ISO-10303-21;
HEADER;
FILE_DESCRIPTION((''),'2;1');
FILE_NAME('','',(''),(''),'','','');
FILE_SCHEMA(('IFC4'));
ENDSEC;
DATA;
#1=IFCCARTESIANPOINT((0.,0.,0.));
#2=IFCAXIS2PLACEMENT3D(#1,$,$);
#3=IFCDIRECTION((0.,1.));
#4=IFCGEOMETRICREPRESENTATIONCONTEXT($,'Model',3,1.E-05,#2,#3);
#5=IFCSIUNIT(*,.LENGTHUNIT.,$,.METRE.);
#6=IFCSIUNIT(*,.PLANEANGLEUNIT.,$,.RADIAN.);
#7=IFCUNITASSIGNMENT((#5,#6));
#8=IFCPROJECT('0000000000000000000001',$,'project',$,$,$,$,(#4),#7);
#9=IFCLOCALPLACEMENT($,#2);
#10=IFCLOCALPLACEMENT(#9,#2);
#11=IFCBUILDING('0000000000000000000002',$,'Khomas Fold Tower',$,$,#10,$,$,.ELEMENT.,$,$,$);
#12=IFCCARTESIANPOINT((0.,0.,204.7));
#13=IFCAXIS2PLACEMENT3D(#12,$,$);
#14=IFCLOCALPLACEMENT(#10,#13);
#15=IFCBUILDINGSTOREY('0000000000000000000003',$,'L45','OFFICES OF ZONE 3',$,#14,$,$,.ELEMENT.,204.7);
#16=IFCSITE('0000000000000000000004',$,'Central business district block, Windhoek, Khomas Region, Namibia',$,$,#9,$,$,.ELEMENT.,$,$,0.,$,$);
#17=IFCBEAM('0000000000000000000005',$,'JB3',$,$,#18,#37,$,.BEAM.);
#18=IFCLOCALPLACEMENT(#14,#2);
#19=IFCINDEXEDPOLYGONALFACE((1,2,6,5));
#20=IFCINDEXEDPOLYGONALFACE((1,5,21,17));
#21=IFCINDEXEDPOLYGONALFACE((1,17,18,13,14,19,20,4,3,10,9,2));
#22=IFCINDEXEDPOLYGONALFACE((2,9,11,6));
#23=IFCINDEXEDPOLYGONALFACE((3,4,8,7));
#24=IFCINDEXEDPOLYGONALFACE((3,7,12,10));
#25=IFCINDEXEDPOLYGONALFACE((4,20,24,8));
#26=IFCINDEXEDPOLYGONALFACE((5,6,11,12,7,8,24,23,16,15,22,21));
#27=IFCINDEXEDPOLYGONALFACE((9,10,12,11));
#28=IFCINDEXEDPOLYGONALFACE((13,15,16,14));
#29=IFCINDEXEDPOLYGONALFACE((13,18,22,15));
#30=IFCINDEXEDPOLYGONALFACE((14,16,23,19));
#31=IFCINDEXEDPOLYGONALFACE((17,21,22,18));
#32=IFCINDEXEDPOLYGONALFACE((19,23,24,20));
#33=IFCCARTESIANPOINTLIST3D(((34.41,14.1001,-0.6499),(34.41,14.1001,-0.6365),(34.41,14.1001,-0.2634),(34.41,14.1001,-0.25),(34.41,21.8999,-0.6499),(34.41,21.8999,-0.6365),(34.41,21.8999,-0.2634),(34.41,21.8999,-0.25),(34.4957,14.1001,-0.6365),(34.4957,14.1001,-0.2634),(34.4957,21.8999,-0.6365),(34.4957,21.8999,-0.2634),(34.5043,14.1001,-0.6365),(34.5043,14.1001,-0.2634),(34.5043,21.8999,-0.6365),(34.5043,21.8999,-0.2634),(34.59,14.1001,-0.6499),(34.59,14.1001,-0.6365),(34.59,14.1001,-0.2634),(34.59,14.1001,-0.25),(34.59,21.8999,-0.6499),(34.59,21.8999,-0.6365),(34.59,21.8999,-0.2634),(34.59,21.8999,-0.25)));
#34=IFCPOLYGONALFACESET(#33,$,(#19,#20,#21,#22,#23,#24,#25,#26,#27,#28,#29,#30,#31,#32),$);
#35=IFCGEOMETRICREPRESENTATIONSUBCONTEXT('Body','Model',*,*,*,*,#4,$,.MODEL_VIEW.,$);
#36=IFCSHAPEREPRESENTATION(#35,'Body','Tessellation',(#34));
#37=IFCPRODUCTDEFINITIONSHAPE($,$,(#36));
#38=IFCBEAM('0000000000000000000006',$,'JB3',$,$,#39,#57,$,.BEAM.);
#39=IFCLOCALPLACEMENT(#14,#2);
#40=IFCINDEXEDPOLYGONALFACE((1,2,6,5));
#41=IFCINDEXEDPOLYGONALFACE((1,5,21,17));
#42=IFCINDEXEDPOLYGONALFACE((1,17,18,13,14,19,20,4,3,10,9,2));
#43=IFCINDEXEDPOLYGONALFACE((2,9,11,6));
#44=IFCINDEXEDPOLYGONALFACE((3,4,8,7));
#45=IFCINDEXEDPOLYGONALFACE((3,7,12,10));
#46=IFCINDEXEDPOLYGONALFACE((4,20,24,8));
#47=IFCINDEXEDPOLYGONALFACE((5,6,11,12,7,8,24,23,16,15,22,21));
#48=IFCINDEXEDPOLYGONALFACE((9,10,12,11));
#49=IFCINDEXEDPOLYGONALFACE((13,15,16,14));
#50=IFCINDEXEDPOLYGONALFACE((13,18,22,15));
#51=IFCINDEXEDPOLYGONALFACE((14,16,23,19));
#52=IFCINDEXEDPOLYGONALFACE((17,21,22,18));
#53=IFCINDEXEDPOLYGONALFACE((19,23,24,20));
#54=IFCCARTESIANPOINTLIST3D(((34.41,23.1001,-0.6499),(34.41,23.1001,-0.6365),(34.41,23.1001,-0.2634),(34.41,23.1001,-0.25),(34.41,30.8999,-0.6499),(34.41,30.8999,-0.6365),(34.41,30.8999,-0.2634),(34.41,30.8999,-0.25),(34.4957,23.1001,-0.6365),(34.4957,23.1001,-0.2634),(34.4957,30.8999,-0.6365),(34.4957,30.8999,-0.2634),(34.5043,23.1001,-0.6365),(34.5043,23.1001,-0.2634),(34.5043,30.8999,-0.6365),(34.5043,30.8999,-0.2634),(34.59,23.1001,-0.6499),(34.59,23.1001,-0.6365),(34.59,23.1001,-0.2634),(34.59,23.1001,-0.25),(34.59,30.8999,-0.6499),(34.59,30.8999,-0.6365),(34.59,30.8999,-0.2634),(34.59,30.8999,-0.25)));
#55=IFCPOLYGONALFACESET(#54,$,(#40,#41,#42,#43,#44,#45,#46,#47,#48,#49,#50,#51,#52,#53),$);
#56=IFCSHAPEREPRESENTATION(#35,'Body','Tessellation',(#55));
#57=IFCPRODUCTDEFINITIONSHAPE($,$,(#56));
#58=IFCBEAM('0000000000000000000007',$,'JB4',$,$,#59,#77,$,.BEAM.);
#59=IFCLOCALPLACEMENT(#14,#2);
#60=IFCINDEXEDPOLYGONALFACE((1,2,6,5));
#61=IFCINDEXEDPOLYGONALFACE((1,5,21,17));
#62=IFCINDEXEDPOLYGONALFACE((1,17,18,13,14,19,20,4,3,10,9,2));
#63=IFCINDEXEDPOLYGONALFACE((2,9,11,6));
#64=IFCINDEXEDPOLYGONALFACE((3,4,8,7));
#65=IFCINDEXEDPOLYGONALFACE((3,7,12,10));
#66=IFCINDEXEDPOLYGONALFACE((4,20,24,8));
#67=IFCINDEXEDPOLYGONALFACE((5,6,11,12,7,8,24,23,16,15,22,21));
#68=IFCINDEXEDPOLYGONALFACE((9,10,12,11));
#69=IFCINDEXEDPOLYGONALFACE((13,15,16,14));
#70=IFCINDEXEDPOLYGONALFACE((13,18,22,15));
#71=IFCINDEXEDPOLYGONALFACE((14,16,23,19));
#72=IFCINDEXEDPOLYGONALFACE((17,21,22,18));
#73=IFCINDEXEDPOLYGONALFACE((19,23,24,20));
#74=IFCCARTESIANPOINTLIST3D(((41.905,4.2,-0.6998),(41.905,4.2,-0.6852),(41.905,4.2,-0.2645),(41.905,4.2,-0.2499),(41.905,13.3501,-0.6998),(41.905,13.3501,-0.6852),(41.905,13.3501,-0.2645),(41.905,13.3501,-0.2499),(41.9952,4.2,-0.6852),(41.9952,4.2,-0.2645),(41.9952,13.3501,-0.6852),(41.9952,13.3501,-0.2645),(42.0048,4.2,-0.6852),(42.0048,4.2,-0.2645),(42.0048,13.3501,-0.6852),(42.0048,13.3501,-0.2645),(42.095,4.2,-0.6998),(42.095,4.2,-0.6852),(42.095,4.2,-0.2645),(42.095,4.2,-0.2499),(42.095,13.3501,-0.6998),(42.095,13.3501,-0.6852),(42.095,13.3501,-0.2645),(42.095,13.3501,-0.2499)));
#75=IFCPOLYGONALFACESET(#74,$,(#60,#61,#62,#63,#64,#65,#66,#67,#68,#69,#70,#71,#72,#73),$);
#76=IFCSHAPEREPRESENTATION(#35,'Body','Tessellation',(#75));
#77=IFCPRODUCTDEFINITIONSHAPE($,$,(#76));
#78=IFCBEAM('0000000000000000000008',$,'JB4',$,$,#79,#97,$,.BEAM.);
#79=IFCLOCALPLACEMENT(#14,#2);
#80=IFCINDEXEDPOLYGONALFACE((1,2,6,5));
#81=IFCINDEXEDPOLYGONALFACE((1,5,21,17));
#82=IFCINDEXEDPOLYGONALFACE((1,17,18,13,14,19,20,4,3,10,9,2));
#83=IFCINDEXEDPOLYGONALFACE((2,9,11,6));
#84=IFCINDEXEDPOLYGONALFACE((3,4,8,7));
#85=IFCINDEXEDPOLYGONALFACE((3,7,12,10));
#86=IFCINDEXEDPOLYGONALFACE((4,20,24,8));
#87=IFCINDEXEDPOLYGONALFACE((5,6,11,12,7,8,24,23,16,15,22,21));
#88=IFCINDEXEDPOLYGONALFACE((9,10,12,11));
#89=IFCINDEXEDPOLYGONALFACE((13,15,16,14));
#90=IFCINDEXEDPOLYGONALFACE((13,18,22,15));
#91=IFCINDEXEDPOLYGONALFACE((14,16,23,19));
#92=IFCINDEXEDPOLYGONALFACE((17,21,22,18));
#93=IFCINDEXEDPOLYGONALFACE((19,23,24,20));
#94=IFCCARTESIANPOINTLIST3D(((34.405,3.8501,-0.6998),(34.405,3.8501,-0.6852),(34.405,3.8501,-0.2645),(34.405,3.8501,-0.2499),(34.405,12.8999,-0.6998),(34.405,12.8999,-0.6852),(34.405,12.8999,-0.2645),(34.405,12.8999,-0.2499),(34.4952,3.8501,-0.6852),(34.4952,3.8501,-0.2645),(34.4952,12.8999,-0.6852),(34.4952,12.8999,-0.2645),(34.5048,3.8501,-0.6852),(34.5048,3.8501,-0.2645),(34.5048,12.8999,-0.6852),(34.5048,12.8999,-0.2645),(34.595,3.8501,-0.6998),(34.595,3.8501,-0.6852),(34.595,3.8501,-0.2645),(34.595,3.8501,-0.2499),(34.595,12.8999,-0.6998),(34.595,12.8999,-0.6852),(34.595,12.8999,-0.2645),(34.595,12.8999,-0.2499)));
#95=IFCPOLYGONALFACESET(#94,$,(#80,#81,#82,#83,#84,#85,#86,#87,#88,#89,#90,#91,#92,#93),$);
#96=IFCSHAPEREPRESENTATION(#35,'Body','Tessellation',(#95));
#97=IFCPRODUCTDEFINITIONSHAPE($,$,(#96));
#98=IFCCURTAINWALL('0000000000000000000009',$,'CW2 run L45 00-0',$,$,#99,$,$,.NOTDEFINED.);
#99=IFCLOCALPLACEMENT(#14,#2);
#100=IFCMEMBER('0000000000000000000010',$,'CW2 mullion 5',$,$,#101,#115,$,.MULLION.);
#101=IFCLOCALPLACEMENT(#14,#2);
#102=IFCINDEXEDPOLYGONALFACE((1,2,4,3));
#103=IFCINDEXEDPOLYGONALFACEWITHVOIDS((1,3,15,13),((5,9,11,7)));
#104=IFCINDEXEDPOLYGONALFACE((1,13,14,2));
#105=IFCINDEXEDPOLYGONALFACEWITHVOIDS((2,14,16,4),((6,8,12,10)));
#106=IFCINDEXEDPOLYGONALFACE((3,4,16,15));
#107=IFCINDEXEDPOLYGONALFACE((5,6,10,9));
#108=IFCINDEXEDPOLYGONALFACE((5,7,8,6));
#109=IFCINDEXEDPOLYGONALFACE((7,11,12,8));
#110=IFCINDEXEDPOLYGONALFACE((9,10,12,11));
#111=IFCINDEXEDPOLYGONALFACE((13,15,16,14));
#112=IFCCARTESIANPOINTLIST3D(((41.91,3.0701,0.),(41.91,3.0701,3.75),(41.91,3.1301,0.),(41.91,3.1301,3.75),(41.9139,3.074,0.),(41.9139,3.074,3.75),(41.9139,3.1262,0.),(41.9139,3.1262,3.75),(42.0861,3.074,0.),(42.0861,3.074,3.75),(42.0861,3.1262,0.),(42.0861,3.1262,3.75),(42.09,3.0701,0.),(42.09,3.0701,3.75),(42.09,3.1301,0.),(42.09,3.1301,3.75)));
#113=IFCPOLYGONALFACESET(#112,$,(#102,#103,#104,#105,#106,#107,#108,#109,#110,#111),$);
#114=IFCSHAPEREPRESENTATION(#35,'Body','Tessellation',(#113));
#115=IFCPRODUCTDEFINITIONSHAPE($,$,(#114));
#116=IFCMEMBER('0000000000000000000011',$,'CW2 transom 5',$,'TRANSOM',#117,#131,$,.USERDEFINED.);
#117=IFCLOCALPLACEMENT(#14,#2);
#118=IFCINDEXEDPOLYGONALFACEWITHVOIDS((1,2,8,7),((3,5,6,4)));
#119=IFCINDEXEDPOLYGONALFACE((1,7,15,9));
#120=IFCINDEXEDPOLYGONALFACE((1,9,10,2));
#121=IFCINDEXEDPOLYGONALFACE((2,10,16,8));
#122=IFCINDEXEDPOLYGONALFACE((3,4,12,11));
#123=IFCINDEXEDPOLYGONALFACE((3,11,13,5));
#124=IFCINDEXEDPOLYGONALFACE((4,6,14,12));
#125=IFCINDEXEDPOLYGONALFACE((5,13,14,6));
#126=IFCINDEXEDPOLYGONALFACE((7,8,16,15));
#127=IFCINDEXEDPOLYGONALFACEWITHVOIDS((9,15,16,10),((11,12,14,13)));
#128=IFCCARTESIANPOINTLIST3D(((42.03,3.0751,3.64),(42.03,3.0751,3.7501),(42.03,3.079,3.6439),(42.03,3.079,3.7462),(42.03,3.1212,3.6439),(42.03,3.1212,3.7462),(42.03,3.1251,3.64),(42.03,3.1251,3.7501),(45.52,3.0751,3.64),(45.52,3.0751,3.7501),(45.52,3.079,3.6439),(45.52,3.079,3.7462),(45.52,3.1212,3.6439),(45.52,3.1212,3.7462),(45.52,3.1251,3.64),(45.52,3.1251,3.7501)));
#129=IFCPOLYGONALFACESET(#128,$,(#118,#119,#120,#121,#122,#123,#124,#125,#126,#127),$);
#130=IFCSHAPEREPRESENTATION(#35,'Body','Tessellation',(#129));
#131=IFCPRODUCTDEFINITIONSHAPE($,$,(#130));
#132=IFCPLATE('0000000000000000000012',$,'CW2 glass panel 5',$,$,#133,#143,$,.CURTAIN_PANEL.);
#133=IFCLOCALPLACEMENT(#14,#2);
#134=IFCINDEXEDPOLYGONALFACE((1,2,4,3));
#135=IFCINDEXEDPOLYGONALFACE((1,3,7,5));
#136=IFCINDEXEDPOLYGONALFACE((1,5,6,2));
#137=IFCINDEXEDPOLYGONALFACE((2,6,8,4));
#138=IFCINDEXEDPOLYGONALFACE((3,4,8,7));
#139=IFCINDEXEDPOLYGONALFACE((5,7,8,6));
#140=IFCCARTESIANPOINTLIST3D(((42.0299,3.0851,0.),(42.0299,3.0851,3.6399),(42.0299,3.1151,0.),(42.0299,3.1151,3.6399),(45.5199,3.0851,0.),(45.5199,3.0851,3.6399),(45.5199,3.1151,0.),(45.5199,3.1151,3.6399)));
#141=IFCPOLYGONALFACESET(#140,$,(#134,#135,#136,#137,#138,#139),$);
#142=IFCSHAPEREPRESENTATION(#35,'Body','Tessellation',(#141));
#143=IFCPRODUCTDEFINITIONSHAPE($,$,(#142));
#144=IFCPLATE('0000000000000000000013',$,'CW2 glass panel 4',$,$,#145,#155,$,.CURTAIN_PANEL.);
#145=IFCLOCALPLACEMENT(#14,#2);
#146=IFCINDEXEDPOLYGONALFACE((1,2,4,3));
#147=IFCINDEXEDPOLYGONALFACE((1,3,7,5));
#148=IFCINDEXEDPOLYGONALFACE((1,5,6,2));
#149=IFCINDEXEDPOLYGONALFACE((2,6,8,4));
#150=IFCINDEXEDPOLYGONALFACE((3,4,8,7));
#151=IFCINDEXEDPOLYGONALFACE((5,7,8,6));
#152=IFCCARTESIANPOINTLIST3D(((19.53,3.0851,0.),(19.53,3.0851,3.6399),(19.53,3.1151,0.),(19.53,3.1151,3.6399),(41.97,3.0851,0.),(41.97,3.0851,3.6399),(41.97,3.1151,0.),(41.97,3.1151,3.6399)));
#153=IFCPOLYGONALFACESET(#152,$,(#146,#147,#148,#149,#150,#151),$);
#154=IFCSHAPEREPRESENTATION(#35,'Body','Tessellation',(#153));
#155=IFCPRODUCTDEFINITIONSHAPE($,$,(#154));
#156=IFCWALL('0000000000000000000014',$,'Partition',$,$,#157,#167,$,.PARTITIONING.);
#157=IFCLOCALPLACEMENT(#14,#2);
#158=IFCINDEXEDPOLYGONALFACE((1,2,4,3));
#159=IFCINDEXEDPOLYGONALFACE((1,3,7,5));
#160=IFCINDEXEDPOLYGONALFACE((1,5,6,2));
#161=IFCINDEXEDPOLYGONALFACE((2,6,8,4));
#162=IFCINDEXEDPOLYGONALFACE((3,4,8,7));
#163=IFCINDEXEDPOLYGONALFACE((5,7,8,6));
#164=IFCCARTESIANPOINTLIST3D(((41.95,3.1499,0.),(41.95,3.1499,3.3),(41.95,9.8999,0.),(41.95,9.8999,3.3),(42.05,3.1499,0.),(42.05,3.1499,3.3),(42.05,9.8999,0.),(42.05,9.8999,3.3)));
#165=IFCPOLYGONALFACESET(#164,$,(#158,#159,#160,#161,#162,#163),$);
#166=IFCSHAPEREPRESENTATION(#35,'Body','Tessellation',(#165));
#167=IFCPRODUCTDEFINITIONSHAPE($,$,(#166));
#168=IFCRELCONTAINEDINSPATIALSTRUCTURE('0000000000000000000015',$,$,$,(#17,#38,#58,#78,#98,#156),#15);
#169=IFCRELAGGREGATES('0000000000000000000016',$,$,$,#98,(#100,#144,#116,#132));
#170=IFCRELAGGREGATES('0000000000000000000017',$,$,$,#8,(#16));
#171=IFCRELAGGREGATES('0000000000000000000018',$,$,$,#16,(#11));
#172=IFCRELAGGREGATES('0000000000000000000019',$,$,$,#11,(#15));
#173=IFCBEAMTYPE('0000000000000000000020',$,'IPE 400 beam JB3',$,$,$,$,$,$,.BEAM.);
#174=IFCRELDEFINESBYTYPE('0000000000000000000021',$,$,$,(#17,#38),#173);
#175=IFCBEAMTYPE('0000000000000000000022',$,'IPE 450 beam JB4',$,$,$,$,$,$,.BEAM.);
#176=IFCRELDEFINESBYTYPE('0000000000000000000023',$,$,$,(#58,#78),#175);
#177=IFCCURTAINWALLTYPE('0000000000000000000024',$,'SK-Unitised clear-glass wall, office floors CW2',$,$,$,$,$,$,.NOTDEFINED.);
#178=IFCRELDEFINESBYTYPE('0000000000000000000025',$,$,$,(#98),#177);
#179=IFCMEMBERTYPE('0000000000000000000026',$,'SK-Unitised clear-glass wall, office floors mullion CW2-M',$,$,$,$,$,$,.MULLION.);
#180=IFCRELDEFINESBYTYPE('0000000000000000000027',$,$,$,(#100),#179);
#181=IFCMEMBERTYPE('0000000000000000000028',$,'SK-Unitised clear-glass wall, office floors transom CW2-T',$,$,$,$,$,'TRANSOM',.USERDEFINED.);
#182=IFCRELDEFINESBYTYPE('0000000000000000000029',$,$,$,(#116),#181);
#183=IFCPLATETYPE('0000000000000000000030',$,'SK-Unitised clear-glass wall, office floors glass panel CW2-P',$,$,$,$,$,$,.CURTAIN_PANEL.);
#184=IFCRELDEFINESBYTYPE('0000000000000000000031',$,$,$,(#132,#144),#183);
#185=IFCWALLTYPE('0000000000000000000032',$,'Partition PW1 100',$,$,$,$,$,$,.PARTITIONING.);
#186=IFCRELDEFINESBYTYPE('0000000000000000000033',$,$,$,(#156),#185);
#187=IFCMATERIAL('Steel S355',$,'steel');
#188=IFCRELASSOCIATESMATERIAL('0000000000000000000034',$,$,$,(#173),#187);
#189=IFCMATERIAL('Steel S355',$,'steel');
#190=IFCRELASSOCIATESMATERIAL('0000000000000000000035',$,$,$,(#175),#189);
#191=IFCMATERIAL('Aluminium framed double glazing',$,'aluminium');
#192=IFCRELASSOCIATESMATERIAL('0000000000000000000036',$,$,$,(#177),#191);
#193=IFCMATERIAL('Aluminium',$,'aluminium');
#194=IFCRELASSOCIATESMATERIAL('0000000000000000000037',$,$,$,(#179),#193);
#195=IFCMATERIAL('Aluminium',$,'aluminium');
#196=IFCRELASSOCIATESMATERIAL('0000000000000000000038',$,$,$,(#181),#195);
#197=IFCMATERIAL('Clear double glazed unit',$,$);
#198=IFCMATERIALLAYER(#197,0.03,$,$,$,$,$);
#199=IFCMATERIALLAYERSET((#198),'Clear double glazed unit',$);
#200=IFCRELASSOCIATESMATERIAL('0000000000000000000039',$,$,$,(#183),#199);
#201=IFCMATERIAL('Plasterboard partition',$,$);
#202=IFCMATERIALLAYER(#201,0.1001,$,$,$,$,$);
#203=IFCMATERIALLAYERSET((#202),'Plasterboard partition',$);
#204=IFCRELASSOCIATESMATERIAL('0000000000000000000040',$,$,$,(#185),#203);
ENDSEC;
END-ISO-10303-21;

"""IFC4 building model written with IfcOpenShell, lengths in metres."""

from ifc_helpers import new_model, si_unit, direction, frame, frame_2d, origin, origin_2d, place, context, subcontext, project, spatial, rectangle, hollow_rectangle, i_section, extrude, source, transform, mapped, material, layer, layer_set, material_profile, profile_set, type_object, element, aggregate, save


model = new_model("IFC4")

# Units and contexts
model_context = context("Model", 3, precision=1e-05, world=origin(), true_north=direction((0.0, 1.0)))
body_context = subcontext(model_context, "Body", "Model", "MODEL_VIEW")
ifc_project = project(units=[si_unit("LENGTHUNIT", "METRE"), si_unit("PLANEANGLEUNIT", "RADIAN")], contexts=[model_context])

# Site, building, storey
site_placement = place(None, origin())
site = spatial("IfcSite", under=ifc_project, at=site_placement, Name="Central business district block, Windhoek, Khomas Region, Namibia", CompositionType="ELEMENT", RefElevation=0.0)
building_placement = place(site_placement, origin())
building = spatial("IfcBuilding", under=site, at=building_placement, Name="Khomas Fold Tower", CompositionType="ELEMENT")
storey_placement = place(building_placement, frame((0.0, 0.0, 204.7)))
storey = spatial("IfcBuildingStorey", under=building, at=storey_placement, Name="L45", Description="OFFICES OF ZONE 3", CompositionType="ELEMENT", Elevation=204.7)

# Beams
ifc_material_1 = material(Name="Steel S355", Category="steel")
ifc_material_profile_1 = material_profile(ifc_material_1, i_section(OverallWidth=0.1799, OverallDepth=0.3999, WebThickness=0.0085, FlangeThickness=0.0134, at=origin_2d()), Name="IPE 400")
ifc_profile_set_1 = profile_set([ifc_material_profile_1], Name="Steel S355")
beam_type_1 = type_object("IfcBeamType", Name="IPE 400 beam JB3", PredefinedType="BEAM", material=ifc_profile_set_1)
shared_shape_1 = source(origin(), body_context, "Body", "SweptSolid", [
    extrude(i_section(OverallWidth=0.1799, OverallDepth=0.3999, WebThickness=0.0085, FlangeThickness=0.0134, at=origin_2d()), origin(), (0.0, 0.0, 1.0), 7.7998),
])
for number, where, z_axis, x_axis, name in (
    (1, (34.5, 14.1001, -0.45), (0.0, 1.0, 0.0), (-1.0, 0.0, 0.0), "JB3"),
    (2, (34.5, 23.1001, -0.45), (0.0, 1.0, 0.0), (-1.0, 0.0, 0.0), "JB3"),
):
    element("IfcBeam", number, at=place(storey_placement, frame(where, z_axis=z_axis, x_axis=x_axis)), inside=storey, type_object=beam_type_1, Name=name, PredefinedType="BEAM", context=body_context, shape_type="MappedRepresentation", body=[
        mapped(shared_shape_1, transform((0.0, 0.0, 0.0))),
    ])
ifc_material_2 = material(Name="Steel S355", Category="steel")
ifc_material_profile_2 = material_profile(ifc_material_2, i_section(OverallWidth=0.1899, OverallDepth=0.45, WebThickness=0.0095, FlangeThickness=0.0146, at=origin_2d()), Name="IPE 450")
ifc_profile_set_2 = profile_set([ifc_material_profile_2], Name="Steel S355")
beam_type_2 = type_object("IfcBeamType", Name="IPE 450 beam JB4", PredefinedType="BEAM", material=ifc_profile_set_2)
shared_shape_2 = source(origin(), body_context, "Body", "SweptSolid", [
    extrude(i_section(OverallWidth=0.1899, OverallDepth=0.45, WebThickness=0.0095, FlangeThickness=0.0146, at=origin_2d()), origin(), (0.0, 0.0, 1.0), 9.1501),
])
beam_1_placement = place(storey_placement, frame((42.0, 4.2, -0.4749), z_axis=(0.0, 1.0, 0.0), x_axis=(-1.0, 0.0, 0.0)))
element("IfcBeam", 3, at=beam_1_placement, inside=storey, type_object=beam_type_2, Name="JB4", PredefinedType="BEAM", context=body_context, shape_type="MappedRepresentation", body=[
    mapped(shared_shape_2, transform((0.0, 0.0, 0.0))),
])
shared_shape_3 = source(origin(), body_context, "Body", "SweptSolid", [
    extrude(i_section(OverallWidth=0.1899, OverallDepth=0.45, WebThickness=0.0095, FlangeThickness=0.0146, at=origin_2d()), origin(), (0.0, 0.0, 1.0), 9.0498),
])
beam_2_placement = place(storey_placement, frame((34.5, 3.8501, -0.4749), z_axis=(0.0, 1.0, 0.0), x_axis=(-1.0, 0.0, 0.0)))
element("IfcBeam", 4, at=beam_2_placement, inside=storey, type_object=beam_type_2, Name="JB4", PredefinedType="BEAM", context=body_context, shape_type="MappedRepresentation", body=[
    mapped(shared_shape_3, transform((0.0, 0.0, 0.0))),
])

# Curtain wall, members, plates
ifc_material_3 = material(Name="Aluminium framed double glazing", Category="aluminium")
curtain_wall_type = type_object("IfcCurtainWallType", Name="SK-Unitised clear-glass wall, office floors CW2", PredefinedType="NOTDEFINED", material=ifc_material_3)
curtain_wall_placement = place(storey_placement, origin())
curtain_wall = element("IfcCurtainWall", 5, at=curtain_wall_placement, inside=storey, type_object=curtain_wall_type, Name="CW2 run L45 00-0", PredefinedType="NOTDEFINED")
ifc_material_4 = material(Name="Aluminium", Category="aluminium")
ifc_material_profile_3 = material_profile(ifc_material_4, hollow_rectangle(XDim=0.0601, YDim=0.1799, WallThickness=0.0039, at=origin_2d()), Name="SK-Unitised clear-glass wall, office floors mullion CW2-M")
ifc_profile_set_3 = profile_set([ifc_material_profile_3], Name="Aluminium")
member_type_1 = type_object("IfcMemberType", Name="SK-Unitised clear-glass wall, office floors mullion CW2-M", PredefinedType="MULLION", material=ifc_profile_set_3)
shared_shape_4 = source(origin(), body_context, "Body", "SweptSolid", [
    extrude(hollow_rectangle(XDim=0.0601, YDim=0.1799, WallThickness=0.0039, at=origin_2d()), origin(), (0.0, 0.0, 1.0), 3.75),
])
member_1_placement = place(storey_placement, frame((42.0, 3.1001, 0.0), z_axis=(0.0, 0.0, 1.0), x_axis=(0.0, 1.0, 0.0)))
member_1 = element("IfcMember", 6, at=member_1_placement, type_object=member_type_1, Name="CW2 mullion 5", PredefinedType="MULLION", context=body_context, shape_type="MappedRepresentation", body=[
    mapped(shared_shape_4, transform((0.0, 0.0, 0.0))),
])
ifc_material_5 = material(Name="Aluminium", Category="aluminium")
ifc_material_profile_4 = material_profile(ifc_material_5, hollow_rectangle(XDim=0.05, YDim=0.1101, WallThickness=0.0039, at=origin_2d()), Name="SK-Unitised clear-glass wall, office floors transom CW2-T")
ifc_profile_set_4 = profile_set([ifc_material_profile_4], Name="Aluminium")
member_type_2 = type_object("IfcMemberType", Name="SK-Unitised clear-glass wall, office floors transom CW2-T", ElementType="TRANSOM", PredefinedType="USERDEFINED", material=ifc_profile_set_4)
shared_shape_5 = source(origin(), body_context, "Body", "SweptSolid", [
    extrude(hollow_rectangle(XDim=0.05, YDim=0.1101, WallThickness=0.0039, at=origin_2d()), origin(), (0.0, 0.0, 1.0), 3.49),
])
member_2_placement = place(storey_placement, frame((42.03, 3.1001, 3.6951), z_axis=(1.0, 0.0, 0.0), x_axis=(0.0, 1.0, 0.0)))
member_2 = element("IfcMember", 7, at=member_2_placement, type_object=member_type_2, Name="CW2 transom 5", ObjectType="TRANSOM", PredefinedType="USERDEFINED", context=body_context, shape_type="MappedRepresentation", body=[
    mapped(shared_shape_5, transform((0.0, 0.0, 0.0))),
])
ifc_material_6 = material(Name="Clear double glazed unit")
ifc_layer_1 = layer(ifc_material_6, 0.03)
ifc_layer_set_1 = layer_set([ifc_layer_1], Name="Clear double glazed unit")
plate_type = type_object("IfcPlateType", Name="SK-Unitised clear-glass wall, office floors glass panel CW2-P", PredefinedType="CURTAIN_PANEL", material=ifc_layer_set_1)
shared_shape_6 = source(origin(), body_context, "Body", "SweptSolid", [
    extrude(rectangle(XDim=3.49, YDim=0.03, at=origin_2d()), origin(), (0.0, 0.0, 1.0), 3.6399),
])
plate_1_placement = place(storey_placement, frame((43.7749, 3.1001, 0.0), z_axis=(0.0, 0.0, 1.0), x_axis=(1.0, 0.0, 0.0)))
plate_1 = element("IfcPlate", 8, at=plate_1_placement, type_object=plate_type, Name="CW2 glass panel 5", PredefinedType="CURTAIN_PANEL", context=body_context, shape_type="MappedRepresentation", body=[
    mapped(shared_shape_6, transform((0.0, 0.0, 0.0))),
])
shared_shape_7 = source(origin(), body_context, "Body", "SweptSolid", [
    extrude(rectangle(XDim=22.4399, YDim=0.03, at=origin_2d()), origin(), (0.0, 0.0, 1.0), 3.6399),
])
plate_2_placement = place(storey_placement, frame((30.75, 3.1001, 0.0), z_axis=(0.0, 0.0, 1.0), x_axis=(1.0, 0.0, 0.0)))
plate_2 = element("IfcPlate", 9, at=plate_2_placement, type_object=plate_type, Name="CW2 glass panel 4", PredefinedType="CURTAIN_PANEL", context=body_context, shape_type="MappedRepresentation", body=[
    mapped(shared_shape_7, transform((0.0, 0.0, 0.0))),
])
aggregate(curtain_wall, [member_1, plate_2, member_2, plate_1])

# Wall
ifc_material_7 = material(Name="Plasterboard partition")
ifc_layer_2 = layer(ifc_material_7, 0.1001)
ifc_layer_set_2 = layer_set([ifc_layer_2], Name="Plasterboard partition")
wall_type_1 = type_object("IfcWallType", Name="Partition PW1 100", PredefinedType="PARTITIONING", material=ifc_layer_set_2)
shared_shape_8 = source(origin(), body_context, "Body", "SweptSolid", [
    extrude(rectangle(XDim=6.75, YDim=0.1001, at=frame_2d((3.375, 0.0))), origin(), (0.0, 0.0, 1.0), 3.3),
])
wall_1_placement = place(storey_placement, frame((42.0, 3.1499, 0.0), z_axis=(0.0, 0.0, 1.0), x_axis=(0.0, 1.0, 0.0)))
element("IfcWall", 10, at=wall_1_placement, inside=storey, type_object=wall_type_1, Name="Partition", PredefinedType="PARTITIONING", context=body_context, shape_type="MappedRepresentation", body=[
    mapped(shared_shape_8, transform((0.0, 0.0, 0.0))),
])

save(model, "model.ifc")
